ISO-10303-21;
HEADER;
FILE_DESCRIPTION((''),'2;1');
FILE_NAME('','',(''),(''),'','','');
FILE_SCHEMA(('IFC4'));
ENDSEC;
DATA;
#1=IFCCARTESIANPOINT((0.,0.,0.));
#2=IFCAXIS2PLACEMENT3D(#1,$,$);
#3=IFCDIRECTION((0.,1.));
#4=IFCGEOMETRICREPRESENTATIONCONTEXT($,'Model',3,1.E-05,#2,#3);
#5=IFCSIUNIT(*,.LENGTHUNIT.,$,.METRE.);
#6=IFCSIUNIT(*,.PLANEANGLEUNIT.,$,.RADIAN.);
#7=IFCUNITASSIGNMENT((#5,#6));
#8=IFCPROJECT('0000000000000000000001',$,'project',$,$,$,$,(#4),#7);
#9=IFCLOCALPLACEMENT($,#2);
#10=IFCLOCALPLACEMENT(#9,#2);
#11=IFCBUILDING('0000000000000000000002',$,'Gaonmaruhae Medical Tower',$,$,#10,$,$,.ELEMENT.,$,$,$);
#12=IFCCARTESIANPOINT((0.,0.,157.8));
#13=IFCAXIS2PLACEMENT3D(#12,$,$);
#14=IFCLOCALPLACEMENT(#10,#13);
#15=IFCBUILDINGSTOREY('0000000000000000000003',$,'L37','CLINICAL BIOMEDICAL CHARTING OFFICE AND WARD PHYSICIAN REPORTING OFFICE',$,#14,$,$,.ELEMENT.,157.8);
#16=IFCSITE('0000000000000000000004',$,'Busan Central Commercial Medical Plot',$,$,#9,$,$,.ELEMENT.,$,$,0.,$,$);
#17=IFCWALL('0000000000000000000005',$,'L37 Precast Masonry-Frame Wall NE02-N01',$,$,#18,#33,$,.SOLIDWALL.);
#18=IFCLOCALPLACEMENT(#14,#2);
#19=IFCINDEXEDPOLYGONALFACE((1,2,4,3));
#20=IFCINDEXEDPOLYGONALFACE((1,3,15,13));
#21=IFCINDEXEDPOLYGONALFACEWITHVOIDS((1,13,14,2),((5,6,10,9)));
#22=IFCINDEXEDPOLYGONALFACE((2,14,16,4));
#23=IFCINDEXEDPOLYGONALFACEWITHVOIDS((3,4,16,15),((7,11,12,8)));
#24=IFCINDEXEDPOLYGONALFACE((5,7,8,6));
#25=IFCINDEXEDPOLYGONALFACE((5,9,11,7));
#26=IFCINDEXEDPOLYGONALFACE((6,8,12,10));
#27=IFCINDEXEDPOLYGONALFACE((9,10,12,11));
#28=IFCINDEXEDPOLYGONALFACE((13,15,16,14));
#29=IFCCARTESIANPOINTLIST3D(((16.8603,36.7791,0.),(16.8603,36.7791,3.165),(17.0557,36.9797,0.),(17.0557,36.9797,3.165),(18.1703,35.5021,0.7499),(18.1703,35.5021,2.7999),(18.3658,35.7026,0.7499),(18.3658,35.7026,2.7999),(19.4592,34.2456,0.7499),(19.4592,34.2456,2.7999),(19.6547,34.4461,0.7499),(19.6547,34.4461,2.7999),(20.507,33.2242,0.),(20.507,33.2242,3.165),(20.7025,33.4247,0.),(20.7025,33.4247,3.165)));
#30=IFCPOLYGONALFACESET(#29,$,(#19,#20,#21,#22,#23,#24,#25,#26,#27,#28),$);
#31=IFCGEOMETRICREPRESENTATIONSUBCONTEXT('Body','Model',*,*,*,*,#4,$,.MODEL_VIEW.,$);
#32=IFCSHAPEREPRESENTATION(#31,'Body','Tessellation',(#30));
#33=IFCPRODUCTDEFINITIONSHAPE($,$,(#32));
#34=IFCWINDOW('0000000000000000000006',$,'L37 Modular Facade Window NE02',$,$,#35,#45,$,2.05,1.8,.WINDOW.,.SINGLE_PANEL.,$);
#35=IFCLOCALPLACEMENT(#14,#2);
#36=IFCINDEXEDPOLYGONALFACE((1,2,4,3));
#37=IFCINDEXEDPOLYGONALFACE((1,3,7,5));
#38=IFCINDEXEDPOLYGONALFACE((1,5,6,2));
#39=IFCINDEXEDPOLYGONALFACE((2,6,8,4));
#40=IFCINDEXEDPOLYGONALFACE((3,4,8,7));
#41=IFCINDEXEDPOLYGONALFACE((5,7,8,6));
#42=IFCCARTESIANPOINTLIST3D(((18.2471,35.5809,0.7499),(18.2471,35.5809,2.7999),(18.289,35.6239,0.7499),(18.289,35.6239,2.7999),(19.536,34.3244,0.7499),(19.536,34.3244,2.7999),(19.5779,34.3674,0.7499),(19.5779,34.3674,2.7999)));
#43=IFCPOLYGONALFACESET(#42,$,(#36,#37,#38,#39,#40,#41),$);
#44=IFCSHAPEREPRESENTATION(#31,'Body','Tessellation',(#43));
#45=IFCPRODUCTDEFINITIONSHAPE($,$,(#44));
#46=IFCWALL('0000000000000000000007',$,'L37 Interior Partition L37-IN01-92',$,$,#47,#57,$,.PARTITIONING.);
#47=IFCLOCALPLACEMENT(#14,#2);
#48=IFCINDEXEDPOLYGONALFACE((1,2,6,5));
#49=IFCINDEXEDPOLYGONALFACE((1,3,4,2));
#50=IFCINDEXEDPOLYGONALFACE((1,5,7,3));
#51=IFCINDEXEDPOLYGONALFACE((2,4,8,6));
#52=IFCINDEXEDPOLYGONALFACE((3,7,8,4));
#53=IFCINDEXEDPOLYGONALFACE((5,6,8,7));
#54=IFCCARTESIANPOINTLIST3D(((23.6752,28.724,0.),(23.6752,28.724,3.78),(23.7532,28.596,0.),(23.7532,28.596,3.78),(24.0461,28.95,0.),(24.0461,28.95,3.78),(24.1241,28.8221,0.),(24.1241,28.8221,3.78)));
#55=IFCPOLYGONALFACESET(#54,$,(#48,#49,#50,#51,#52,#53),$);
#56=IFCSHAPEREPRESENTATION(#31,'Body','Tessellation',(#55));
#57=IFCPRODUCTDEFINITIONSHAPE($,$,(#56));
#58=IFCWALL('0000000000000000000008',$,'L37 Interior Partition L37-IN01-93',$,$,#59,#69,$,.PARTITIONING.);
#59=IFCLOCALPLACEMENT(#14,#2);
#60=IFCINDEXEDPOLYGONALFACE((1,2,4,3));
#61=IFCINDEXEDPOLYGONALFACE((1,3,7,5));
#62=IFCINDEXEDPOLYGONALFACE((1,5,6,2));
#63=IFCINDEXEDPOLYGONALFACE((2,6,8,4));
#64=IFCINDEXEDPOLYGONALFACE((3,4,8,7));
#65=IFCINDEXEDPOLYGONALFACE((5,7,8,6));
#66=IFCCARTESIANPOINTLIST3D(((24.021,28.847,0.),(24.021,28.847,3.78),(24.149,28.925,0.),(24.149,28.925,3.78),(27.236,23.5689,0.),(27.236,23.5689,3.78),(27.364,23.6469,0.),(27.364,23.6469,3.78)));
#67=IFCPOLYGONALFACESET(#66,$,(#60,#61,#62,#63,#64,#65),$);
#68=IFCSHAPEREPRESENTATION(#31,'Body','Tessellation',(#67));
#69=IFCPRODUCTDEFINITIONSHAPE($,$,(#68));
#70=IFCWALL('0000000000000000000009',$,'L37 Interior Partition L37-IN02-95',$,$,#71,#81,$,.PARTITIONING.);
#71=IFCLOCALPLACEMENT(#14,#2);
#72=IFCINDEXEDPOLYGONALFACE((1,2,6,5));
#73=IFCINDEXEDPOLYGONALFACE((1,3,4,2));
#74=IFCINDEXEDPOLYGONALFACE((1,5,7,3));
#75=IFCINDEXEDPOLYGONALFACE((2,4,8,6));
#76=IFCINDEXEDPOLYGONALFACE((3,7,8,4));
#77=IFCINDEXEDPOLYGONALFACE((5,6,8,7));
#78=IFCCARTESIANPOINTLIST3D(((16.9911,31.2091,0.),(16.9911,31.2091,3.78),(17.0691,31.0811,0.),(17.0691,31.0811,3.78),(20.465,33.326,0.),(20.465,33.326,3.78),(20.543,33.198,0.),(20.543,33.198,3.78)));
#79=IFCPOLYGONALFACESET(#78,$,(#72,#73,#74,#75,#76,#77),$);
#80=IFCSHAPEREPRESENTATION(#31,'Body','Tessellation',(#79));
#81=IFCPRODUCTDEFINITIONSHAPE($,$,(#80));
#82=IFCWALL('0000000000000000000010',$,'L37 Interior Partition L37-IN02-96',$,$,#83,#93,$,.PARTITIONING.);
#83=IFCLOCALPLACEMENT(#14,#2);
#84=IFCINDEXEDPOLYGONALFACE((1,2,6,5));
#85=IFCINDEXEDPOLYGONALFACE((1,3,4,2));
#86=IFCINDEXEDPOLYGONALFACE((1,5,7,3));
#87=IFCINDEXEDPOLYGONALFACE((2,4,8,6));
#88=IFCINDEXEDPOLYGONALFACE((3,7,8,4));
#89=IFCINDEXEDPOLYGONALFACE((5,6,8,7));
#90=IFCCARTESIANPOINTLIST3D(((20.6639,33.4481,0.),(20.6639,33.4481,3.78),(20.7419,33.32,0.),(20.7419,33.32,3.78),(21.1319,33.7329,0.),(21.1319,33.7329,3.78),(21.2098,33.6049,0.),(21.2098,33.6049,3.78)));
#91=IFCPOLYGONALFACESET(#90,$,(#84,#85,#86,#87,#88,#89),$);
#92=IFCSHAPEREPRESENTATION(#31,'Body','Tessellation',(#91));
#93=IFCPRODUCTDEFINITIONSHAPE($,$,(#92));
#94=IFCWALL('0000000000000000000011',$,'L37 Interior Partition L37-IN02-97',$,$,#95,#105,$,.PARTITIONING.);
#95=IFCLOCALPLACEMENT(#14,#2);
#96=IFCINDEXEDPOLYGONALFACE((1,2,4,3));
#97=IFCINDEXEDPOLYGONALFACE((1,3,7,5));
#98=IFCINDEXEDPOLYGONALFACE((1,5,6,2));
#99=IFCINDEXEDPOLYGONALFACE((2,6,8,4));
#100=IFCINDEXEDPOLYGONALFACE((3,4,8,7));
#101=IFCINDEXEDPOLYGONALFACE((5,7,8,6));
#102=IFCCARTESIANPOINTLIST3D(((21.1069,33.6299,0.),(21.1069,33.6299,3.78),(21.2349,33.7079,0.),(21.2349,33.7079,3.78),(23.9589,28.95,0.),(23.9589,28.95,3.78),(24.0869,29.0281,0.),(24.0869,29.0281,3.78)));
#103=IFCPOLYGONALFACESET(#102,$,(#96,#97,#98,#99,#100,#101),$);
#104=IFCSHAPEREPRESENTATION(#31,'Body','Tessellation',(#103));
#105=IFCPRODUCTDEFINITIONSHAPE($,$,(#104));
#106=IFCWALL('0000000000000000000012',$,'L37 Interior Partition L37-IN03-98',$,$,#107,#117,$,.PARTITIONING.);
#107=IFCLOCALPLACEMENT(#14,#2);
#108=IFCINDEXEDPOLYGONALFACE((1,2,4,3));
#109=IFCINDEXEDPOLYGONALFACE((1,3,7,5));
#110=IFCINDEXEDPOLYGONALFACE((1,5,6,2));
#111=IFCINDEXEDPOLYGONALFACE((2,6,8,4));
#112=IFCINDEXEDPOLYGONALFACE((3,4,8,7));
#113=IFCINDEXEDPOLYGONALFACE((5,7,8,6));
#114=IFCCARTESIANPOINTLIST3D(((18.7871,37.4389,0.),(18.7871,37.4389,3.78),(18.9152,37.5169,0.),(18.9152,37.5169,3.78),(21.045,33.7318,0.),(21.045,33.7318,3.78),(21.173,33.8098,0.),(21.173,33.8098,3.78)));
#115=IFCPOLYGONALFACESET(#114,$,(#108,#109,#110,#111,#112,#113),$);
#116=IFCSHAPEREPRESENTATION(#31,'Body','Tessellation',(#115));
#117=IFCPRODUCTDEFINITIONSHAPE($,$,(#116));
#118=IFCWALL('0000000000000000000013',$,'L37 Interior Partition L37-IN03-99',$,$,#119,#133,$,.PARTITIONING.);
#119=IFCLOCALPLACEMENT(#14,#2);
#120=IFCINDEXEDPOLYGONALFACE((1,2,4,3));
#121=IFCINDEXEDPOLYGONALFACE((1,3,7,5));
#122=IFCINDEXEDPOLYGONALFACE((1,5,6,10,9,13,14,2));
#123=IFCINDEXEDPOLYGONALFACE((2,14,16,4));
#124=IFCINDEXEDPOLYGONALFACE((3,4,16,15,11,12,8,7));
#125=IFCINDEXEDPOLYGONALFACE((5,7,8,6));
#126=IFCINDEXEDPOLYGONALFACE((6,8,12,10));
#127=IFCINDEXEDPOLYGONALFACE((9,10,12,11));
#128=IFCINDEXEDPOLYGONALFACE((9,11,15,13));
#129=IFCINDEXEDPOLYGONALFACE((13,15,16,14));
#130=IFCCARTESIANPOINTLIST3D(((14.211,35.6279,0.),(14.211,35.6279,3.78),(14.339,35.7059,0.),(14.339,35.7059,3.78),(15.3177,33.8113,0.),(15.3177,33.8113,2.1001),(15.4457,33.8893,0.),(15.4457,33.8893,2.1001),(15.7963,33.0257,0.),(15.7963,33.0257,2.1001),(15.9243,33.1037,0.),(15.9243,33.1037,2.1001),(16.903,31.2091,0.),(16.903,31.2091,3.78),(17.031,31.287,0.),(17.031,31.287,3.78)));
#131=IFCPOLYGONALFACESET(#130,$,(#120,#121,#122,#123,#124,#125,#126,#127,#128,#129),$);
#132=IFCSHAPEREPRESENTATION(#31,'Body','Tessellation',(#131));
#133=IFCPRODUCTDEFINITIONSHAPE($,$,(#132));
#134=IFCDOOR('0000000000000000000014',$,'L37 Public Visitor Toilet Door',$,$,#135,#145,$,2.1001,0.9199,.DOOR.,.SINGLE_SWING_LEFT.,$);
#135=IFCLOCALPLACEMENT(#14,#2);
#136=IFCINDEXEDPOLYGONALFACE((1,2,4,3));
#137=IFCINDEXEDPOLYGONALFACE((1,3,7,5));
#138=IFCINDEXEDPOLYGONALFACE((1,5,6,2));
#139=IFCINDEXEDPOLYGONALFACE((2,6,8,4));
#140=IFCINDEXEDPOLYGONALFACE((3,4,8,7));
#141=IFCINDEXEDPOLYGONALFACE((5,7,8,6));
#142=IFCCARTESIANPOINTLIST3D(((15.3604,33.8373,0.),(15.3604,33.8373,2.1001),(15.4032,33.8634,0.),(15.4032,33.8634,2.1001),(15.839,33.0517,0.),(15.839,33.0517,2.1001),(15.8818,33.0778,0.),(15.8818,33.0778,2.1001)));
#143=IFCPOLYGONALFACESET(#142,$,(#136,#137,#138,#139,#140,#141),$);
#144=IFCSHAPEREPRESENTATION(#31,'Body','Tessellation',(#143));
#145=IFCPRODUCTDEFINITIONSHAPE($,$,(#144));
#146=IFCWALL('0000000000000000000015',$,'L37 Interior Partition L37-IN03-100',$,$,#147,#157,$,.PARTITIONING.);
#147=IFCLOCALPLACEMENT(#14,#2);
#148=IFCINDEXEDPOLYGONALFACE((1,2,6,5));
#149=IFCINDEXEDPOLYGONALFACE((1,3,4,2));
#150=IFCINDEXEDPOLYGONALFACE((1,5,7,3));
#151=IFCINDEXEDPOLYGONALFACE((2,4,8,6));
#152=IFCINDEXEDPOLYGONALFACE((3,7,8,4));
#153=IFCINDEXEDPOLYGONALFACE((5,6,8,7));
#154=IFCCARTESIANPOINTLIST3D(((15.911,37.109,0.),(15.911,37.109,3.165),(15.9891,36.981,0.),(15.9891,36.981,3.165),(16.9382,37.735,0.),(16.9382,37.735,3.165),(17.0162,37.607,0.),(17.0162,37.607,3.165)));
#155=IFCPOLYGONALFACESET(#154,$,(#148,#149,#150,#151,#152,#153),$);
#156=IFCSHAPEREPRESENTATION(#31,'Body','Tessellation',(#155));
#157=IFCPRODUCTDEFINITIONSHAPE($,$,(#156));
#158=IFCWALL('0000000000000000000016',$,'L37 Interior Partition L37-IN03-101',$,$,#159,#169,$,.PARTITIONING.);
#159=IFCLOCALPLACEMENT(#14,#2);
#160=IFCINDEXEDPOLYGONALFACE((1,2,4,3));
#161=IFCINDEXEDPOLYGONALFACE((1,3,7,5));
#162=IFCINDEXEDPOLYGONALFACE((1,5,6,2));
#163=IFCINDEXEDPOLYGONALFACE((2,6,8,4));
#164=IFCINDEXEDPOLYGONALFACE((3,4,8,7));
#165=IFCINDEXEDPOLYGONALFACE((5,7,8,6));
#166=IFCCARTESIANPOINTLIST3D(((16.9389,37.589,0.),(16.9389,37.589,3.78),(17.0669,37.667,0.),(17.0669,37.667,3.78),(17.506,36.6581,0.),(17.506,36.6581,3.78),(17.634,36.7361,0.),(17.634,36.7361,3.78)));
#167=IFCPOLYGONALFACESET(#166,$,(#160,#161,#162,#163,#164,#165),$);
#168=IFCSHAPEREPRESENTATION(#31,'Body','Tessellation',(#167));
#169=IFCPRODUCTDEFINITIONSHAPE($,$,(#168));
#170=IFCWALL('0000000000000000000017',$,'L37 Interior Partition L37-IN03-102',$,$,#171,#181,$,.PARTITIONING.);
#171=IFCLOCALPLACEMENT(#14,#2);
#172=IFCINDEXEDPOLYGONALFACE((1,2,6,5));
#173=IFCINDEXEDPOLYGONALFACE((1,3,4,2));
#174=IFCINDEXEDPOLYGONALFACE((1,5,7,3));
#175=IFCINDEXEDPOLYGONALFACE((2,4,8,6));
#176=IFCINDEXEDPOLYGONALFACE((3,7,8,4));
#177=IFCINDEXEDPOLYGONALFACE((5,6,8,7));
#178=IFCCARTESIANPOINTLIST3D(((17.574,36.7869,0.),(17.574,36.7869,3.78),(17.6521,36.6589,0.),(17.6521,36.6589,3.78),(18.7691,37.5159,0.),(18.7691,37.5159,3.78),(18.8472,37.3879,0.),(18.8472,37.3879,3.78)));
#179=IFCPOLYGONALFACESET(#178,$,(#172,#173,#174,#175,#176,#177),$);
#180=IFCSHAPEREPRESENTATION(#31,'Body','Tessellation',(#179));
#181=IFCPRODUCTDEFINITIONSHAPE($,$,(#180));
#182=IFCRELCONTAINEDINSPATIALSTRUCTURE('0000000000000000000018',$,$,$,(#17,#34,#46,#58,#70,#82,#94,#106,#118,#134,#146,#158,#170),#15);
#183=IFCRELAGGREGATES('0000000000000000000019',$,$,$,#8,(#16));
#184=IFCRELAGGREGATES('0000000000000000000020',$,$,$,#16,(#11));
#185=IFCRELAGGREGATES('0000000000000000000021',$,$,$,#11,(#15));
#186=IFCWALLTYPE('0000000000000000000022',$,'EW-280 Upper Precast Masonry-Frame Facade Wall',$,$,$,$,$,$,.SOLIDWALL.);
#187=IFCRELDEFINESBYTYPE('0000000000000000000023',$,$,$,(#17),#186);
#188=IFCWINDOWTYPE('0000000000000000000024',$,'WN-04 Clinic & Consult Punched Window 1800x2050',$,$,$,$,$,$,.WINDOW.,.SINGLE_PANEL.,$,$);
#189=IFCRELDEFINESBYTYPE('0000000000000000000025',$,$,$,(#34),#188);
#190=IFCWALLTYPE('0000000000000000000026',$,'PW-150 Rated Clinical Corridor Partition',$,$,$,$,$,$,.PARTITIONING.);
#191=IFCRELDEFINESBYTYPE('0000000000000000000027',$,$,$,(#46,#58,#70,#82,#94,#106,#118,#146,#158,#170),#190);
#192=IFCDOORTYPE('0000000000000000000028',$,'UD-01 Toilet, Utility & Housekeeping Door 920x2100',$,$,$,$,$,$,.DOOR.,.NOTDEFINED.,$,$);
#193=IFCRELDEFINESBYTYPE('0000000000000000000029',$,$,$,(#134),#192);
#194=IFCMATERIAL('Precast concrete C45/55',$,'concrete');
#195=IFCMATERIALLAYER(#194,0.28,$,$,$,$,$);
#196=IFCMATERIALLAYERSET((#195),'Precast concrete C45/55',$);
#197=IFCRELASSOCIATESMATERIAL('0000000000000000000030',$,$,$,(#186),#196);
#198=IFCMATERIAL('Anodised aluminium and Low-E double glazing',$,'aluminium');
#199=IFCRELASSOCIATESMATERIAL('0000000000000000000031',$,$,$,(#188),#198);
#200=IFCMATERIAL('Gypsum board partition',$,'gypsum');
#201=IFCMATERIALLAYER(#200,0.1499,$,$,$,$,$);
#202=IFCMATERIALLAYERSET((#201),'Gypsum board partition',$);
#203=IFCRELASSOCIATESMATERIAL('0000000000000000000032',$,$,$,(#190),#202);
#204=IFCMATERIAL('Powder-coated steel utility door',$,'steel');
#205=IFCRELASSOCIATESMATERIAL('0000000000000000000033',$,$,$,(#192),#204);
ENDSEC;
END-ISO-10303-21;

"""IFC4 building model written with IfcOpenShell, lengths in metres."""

from ifc_helpers import new_model, si_unit, direction, frame, frame_2d, origin, place, context, subcontext, project, spatial, rectangle, extrude, material, layer, layer_set, type_object, element, fill, save


model = new_model("IFC4")

# Units and contexts
model_context = context("Model", 3, precision=1e-05, world=origin(), true_north=direction((0.0, 1.0)))
body_context = subcontext(model_context, "Body", "Model", "MODEL_VIEW")
ifc_project = project(units=[si_unit("LENGTHUNIT", "METRE"), si_unit("PLANEANGLEUNIT", "RADIAN")], contexts=[model_context])

# Site, building, storey
site_placement = place(None, origin())
site = spatial("IfcSite", under=ifc_project, at=site_placement, Name="Busan Central Commercial Medical Plot", CompositionType="ELEMENT", RefElevation=0.0)
building_placement = place(site_placement, origin())
building = spatial("IfcBuilding", under=site, at=building_placement, Name="Gaonmaruhae Medical Tower", CompositionType="ELEMENT")
storey_placement = place(building_placement, frame((0.0, 0.0, 157.8)))
storey = spatial("IfcBuildingStorey", under=building, at=storey_placement, Name="L37", Description="CLINICAL BIOMEDICAL CHARTING OFFICE AND WARD PHYSICIAN REPORTING OFFICE", CompositionType="ELEMENT", Elevation=157.8)

# Wall, opening, window
ifc_material_1 = material(Name="Precast concrete C45/55", Category="concrete")
ifc_layer_1 = layer(ifc_material_1, 0.28)
ifc_layer_set_1 = layer_set([ifc_layer_1], Name="Precast concrete C45/55")
wall_type_1 = type_object("IfcWallType", Name="EW-280 Upper Precast Masonry-Frame Facade Wall", PredefinedType="SOLIDWALL", material=ifc_layer_set_1)
ifc_material_2 = material(Name="Anodised aluminium and Low-E double glazing", Category="aluminium")
wall_1_placement = place(storey_placement, frame((16.958, 36.8794, 0.0), z_axis=(0.0, 0.0, 1.0), x_axis=(0.716062, -0.698037, 0.0)))
wall_1 = element("IfcWall", 1, at=wall_1_placement, inside=storey, type_object=wall_type_1, Name="L37 Precast Masonry-Frame Wall NE02-N01", PredefinedType="SOLIDWALL", context=body_context, shape_type="SweptSolid", body=[
    extrude(rectangle(XDim=5.0928, YDim=0.28, at=frame_2d((2.5464, 0.0))), origin(), (0.0, 0.0, 1.0), 3.165),
])
opening_1_placement = place(wall_1_placement, frame((1.8296, 0.0, 0.75)))
opening_1 = element("IfcOpeningElement", 2, at=opening_1_placement, cuts=wall_1, PredefinedType="OPENING", context=body_context, shape_type="SweptSolid", body=[
    extrude(rectangle(XDim=1.8, YDim=2.05, at=frame_2d((0.8999, 1.0249))), frame((0.0, 0.1499, 0.0), z_axis=(0.0, -1.0, 0.0), x_axis=(1.0, 0.0, 0.0)), (0.0, 0.0, 1.0), 0.3),
])
window_type_1 = type_object("IfcWindowType", Name="WN-04 Clinic & Consult Punched Window 1800x2050", PartitioningType="SINGLE_PANEL", PredefinedType="WINDOW", material=ifc_material_2)
window_1_placement = place(opening_1_placement, origin())
window_1 = element("IfcWindow", 3, at=window_1_placement, inside=storey, type_object=window_type_1, Name="L37 Modular Facade Window NE02", OverallHeight=2.05, OverallWidth=1.8, PartitioningType="SINGLE_PANEL", PredefinedType="WINDOW", context=body_context, shape_type="SweptSolid", body=[
    extrude(rectangle(XDim=1.8, YDim=2.05, at=frame_2d((0.8999, 1.0249))), frame((0.0, 0.03, 0.0), z_axis=(0.0, -1.0, 0.0), x_axis=(1.0, 0.0, 0.0)), (0.0, 0.0, 1.0), 0.0601),
])
fill(opening_1, window_1)

# Walls
ifc_material_3 = material(Name="Gypsum board partition", Category="gypsum")
ifc_layer_2 = layer(ifc_material_3, 0.1499)
ifc_layer_set_2 = layer_set([ifc_layer_2], Name="Gypsum board partition")
wall_type_2 = type_object("IfcWallType", Name="PW-150 Rated Clinical Corridor Partition", PredefinedType="PARTITIONING", material=ifc_layer_set_2)
wall_2_placement = place(storey_placement, frame((23.7141, 28.6599, 0.0), z_axis=(0.0, 0.0, 1.0), x_axis=(0.853851, 0.520517, 0.0)))
element("IfcWall", 4, at=wall_2_placement, inside=storey, type_object=wall_type_2, Name="L37 Interior Partition L37-IN01-92", PredefinedType="PARTITIONING", context=body_context, shape_type="SweptSolid", body=[
    extrude(rectangle(XDim=0.4343, YDim=0.1499, at=frame_2d((0.2173, 0.0))), origin(), (0.0, 0.0, 1.0), 3.78),
])
wall_3_placement = place(storey_placement, frame((24.085, 28.886, 0.0), z_axis=(0.0, 0.0, 1.0), x_axis=(0.520224, -0.85403, 0.0)))
element("IfcWall", 5, at=wall_3_placement, inside=storey, type_object=wall_type_2, Name="L37 Interior Partition L37-IN01-93", PredefinedType="PARTITIONING", context=body_context, shape_type="SweptSolid", body=[
    extrude(rectangle(XDim=6.1802, YDim=0.1499, at=frame_2d((3.0901, 0.0))), origin(), (0.0, 0.0, 1.0), 3.78),
])
wall_4_placement = place(storey_placement, frame((17.03, 31.145, 0.0), z_axis=(0.0, 0.0, 1.0), x_axis=(0.853935, 0.520379, 0.0)))
element("IfcWall", 6, at=wall_4_placement, inside=storey, type_object=wall_type_2, Name="L37 Interior Partition L37-IN02-95", PredefinedType="PARTITIONING", context=body_context, shape_type="SweptSolid", body=[
    extrude(rectangle(XDim=4.0681, YDim=0.1499, at=frame_2d((2.0342, 0.0))), origin(), (0.0, 0.0, 1.0), 3.78),
])
wall_5_placement = place(storey_placement, frame((20.7029, 33.384, 0.0), z_axis=(0.0, 0.0, 1.0), x_axis=(0.854173, 0.519989, 0.0)))
element("IfcWall", 7, at=wall_5_placement, inside=storey, type_object=wall_type_2, Name="L37 Interior Partition L37-IN02-96", PredefinedType="PARTITIONING", context=body_context, shape_type="SweptSolid", body=[
    extrude(rectangle(XDim=0.5479, YDim=0.1499, at=frame_2d((0.2739, 0.0))), origin(), (0.0, 0.0, 1.0), 3.78),
])
wall_6_placement = place(storey_placement, frame((21.1709, 33.6689, 0.0), z_axis=(0.0, 0.0, 1.0), x_axis=(0.520399, -0.853923, 0.0)))
element("IfcWall", 8, at=wall_6_placement, inside=storey, type_object=wall_type_2, Name="L37 Interior Partition L37-IN02-97", PredefinedType="PARTITIONING", context=body_context, shape_type="SweptSolid", body=[
    extrude(rectangle(XDim=5.4805, YDim=0.1499, at=frame_2d((2.7402, 0.0))), origin(), (0.0, 0.0, 1.0), 3.78),
])
wall_7_placement = place(storey_placement, frame((18.8511, 37.478, 0.0), z_axis=(0.0, 0.0, 1.0), x_axis=(0.520175, -0.854059, 0.0)))
element("IfcWall", 9, at=wall_7_placement, inside=storey, type_object=wall_type_2, Name="L37 Interior Partition L37-IN03-98", PredefinedType="PARTITIONING", context=body_context, shape_type="SweptSolid", body=[
    extrude(rectangle(XDim=4.3406, YDim=0.1499, at=frame_2d((2.1704, 0.0))), origin(), (0.0, 0.0, 1.0), 3.78),
])

# Wall, opening, door
wall_8_placement = place(storey_placement, frame((16.967, 31.248, 0.0), z_axis=(0.0, 0.0, 1.0), x_axis=(-0.520278, 0.853997, 0.0)))
wall_8 = element("IfcWall", 10, at=wall_8_placement, inside=storey, type_object=wall_type_2, Name="L37 Interior Partition L37-IN03-99", PredefinedType="PARTITIONING", context=body_context, shape_type="SweptSolid", body=[
    extrude(rectangle(XDim=5.1743, YDim=0.1499, at=frame_2d((2.5872, 0.0))), origin(), (0.0, 0.0, 1.0), 3.78),
])
opening_2_placement = place(wall_8_placement, frame((2.1272, 0.0, 0.0)))
opening_2 = element("IfcOpeningElement", 11, at=opening_2_placement, cuts=wall_8, PredefinedType="OPENING", context=body_context, shape_type="SweptSolid", body=[
    extrude(rectangle(XDim=0.9199, YDim=2.1001, at=frame_2d((0.46, 1.05))), frame((0.0, 0.085, 0.0), z_axis=(0.0, -1.0, 0.0), x_axis=(1.0, 0.0, 0.0)), (0.0, 0.0, 1.0), 0.1699),
])
ifc_material_4 = material(Name="Powder-coated steel utility door", Category="steel")
door_type = type_object("IfcDoorType", Name="UD-01 Toilet, Utility & Housekeeping Door 920x2100", OperationType="NOTDEFINED", PredefinedType="DOOR", material=ifc_material_4)
door_placement = place(opening_2_placement, origin())
door = element("IfcDoor", 12, at=door_placement, inside=storey, type_object=door_type, Name="L37 Public Visitor Toilet Door", OperationType="SINGLE_SWING_LEFT", OverallHeight=2.1001, OverallWidth=0.9199, PredefinedType="DOOR", context=body_context, shape_type="SweptSolid", body=[
    extrude(rectangle(XDim=0.9199, YDim=2.1001, at=frame_2d((0.46, 1.05))), frame((0.0, 0.0249, 0.0), z_axis=(0.0, -1.0, 0.0), x_axis=(1.0, 0.0, 0.0)), (0.0, 0.0, 1.0), 0.05),
])
fill(opening_2, door)

# Walls
wall_9_placement = place(storey_placement, frame((15.95, 37.0449, 0.0), z_axis=(0.0, 0.0, 1.0), x_axis=(0.853908, 0.520423, 0.0)))
element("IfcWall", 13, at=wall_9_placement, inside=storey, type_object=wall_type_2, Name="L37 Interior Partition L37-IN03-100", PredefinedType="PARTITIONING", context=body_context, shape_type="SweptSolid", body=[
    extrude(rectangle(XDim=1.2029, YDim=0.1499, at=frame_2d((0.6016, 0.0))), origin(), (0.0, 0.0, 1.0), 3.165),
])
wall_10_placement = place(storey_placement, frame((17.0029, 37.6279, 0.0), z_axis=(0.0, 0.0, 1.0), x_axis=(0.520281, -0.853995, 0.0)))
element("IfcWall", 14, at=wall_10_placement, inside=storey, type_object=wall_type_2, Name="L37 Interior Partition L37-IN03-101", PredefinedType="PARTITIONING", context=body_context, shape_type="SweptSolid", body=[
    extrude(rectangle(XDim=1.0901, YDim=0.1499, at=frame_2d((0.5449, 0.0))), origin(), (0.0, 0.0, 1.0), 3.78),
])
wall_11_placement = place(storey_placement, frame((17.613, 36.7229, 0.0), z_axis=(0.0, 0.0, 1.0), x_axis=(0.8537, 0.520766, 0.0)))
element("IfcWall", 15, at=wall_11_placement, inside=storey, type_object=wall_type_2, Name="L37 Interior Partition L37-IN03-102", PredefinedType="PARTITIONING", context=body_context, shape_type="SweptSolid", body=[
    extrude(rectangle(XDim=1.3999, YDim=0.1499, at=frame_2d((0.7, 0.0))), origin(), (0.0, 0.0, 1.0), 3.78),
])

save(model, "model.ifc")
